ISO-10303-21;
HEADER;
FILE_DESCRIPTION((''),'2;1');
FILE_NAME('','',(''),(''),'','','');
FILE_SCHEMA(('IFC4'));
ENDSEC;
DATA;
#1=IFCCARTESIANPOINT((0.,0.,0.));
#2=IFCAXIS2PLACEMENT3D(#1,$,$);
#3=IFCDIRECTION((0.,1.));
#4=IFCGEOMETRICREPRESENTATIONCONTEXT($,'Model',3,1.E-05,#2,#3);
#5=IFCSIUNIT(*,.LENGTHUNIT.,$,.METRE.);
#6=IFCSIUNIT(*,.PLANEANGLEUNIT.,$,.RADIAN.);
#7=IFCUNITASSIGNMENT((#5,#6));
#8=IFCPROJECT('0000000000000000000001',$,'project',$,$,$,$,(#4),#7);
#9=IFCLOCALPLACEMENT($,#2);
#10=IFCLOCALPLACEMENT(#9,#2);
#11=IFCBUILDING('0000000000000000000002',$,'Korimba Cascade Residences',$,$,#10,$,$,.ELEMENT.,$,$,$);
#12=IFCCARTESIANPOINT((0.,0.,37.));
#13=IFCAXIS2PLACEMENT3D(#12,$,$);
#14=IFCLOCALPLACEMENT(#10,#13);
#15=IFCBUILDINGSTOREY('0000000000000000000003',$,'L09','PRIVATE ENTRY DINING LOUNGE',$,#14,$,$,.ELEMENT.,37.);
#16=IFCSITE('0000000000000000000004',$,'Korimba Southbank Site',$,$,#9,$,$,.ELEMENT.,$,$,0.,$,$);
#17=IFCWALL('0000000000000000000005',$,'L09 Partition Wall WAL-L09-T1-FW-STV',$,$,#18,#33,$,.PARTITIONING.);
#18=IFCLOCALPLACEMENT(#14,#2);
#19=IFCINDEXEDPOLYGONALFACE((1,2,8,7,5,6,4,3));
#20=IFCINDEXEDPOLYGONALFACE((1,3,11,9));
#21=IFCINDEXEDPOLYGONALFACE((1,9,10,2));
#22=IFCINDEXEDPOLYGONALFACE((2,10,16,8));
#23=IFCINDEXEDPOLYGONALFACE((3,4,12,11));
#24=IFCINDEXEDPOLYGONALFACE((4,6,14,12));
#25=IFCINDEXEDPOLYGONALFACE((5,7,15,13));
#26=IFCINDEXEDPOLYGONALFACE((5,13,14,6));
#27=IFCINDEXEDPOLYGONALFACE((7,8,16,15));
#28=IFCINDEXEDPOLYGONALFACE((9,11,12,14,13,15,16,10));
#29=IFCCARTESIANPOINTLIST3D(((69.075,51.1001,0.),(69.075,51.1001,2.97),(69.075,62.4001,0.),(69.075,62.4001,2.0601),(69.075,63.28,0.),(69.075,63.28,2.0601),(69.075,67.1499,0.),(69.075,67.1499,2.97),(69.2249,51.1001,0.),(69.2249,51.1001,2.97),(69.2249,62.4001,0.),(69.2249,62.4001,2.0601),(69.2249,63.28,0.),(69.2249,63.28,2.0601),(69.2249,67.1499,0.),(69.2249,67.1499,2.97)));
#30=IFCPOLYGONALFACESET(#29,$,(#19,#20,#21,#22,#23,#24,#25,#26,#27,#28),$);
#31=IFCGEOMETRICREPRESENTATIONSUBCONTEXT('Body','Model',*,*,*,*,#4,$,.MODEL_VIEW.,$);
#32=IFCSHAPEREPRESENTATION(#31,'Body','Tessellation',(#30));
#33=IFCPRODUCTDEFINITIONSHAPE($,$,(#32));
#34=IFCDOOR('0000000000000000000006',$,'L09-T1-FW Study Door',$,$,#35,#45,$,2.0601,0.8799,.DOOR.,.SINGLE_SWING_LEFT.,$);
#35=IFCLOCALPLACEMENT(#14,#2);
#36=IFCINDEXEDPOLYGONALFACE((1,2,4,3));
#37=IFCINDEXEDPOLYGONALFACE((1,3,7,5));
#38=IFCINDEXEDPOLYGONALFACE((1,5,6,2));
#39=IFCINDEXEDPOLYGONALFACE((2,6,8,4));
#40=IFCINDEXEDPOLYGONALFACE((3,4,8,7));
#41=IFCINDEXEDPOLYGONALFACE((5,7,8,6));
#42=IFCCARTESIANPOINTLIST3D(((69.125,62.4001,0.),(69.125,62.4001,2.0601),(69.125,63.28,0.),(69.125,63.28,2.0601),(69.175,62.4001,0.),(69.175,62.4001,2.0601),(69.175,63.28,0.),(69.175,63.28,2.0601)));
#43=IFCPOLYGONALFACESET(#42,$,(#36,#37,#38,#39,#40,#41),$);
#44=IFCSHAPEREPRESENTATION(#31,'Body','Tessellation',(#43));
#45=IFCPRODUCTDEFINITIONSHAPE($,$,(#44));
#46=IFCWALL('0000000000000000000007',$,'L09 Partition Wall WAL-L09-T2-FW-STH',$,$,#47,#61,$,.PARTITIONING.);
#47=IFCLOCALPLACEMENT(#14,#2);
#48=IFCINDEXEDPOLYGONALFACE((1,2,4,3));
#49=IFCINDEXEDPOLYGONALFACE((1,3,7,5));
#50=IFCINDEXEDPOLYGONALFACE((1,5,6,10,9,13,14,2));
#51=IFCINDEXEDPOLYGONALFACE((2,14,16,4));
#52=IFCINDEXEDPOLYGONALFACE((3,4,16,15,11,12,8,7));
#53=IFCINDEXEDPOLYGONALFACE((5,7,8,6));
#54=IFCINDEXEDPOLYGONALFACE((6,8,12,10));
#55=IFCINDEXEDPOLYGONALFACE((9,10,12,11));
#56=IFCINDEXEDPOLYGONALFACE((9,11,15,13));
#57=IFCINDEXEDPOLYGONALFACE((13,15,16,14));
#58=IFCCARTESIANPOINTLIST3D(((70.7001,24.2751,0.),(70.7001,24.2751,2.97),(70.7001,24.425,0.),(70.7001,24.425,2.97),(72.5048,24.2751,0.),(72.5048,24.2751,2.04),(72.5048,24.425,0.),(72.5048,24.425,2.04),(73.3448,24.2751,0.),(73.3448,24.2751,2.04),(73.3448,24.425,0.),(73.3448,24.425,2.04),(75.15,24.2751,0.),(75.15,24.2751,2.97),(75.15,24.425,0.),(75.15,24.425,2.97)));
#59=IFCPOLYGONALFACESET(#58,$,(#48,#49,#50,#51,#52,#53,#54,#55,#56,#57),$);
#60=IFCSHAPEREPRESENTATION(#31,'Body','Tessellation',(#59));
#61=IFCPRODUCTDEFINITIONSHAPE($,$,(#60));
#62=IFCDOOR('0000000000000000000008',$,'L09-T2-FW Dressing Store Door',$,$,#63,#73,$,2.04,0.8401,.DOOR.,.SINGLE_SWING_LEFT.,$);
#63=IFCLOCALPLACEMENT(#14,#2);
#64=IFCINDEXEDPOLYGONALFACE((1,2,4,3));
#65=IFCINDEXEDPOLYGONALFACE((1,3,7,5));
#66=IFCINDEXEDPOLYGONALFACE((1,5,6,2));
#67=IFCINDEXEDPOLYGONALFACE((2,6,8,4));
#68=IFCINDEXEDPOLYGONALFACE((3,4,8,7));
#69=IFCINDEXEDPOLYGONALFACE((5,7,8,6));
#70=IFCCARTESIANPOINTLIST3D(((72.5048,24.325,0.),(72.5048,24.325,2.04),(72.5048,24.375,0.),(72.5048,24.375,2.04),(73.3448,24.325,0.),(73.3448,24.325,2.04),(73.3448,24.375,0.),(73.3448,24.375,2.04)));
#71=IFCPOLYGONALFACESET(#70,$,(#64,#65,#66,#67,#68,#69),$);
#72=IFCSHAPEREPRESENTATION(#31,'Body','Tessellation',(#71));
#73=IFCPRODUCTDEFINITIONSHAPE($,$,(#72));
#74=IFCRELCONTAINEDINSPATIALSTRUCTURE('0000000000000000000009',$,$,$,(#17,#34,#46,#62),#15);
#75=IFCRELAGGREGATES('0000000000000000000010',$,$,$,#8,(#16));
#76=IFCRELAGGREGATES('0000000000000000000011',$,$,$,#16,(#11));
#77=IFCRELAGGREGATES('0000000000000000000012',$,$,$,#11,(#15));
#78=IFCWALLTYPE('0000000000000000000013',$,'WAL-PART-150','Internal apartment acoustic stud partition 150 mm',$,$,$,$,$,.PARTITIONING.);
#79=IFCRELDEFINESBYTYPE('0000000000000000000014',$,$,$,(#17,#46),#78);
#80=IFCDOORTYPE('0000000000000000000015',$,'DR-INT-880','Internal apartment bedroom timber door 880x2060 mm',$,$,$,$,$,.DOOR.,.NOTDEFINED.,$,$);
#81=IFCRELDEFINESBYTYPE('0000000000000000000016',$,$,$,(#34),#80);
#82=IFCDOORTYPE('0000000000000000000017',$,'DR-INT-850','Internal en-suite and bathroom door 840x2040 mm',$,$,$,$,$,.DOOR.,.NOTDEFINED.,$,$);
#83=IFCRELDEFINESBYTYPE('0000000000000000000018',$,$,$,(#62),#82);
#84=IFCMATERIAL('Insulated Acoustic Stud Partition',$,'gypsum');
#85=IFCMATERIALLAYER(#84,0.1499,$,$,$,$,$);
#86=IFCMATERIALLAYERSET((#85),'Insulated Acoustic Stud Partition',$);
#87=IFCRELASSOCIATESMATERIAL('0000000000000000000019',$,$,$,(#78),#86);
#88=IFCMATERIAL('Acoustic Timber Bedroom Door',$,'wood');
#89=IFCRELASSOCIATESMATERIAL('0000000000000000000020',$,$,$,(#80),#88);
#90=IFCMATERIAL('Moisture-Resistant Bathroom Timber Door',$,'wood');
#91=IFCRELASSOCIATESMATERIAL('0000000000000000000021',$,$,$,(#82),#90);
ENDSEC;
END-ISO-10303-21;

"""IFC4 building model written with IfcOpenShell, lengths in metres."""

from ifc_helpers import new_model, si_unit, direction, frame, frame_2d, origin, place, context, subcontext, project, spatial, rectangle, extrude, material, layer, layer_set, type_object, element, fill, save


model = new_model("IFC4")

# Units and contexts
model_context = context("Model", 3, precision=1e-05, world=origin(), true_north=direction((0.0, 1.0)))
body_context = subcontext(model_context, "Body", "Model", "MODEL_VIEW")
ifc_project = project(units=[si_unit("LENGTHUNIT", "METRE"), si_unit("PLANEANGLEUNIT", "RADIAN")], contexts=[model_context])

# Site, building, storey
site_placement = place(None, origin())
site = spatial("IfcSite", under=ifc_project, at=site_placement, Name="Korimba Southbank Site", CompositionType="ELEMENT", RefElevation=0.0)
building_placement = place(site_placement, origin())
building = spatial("IfcBuilding", under=site, at=building_placement, Name="Korimba Cascade Residences", CompositionType="ELEMENT")
storey_placement = place(building_placement, frame((0.0, 0.0, 37.0)))
storey = spatial("IfcBuildingStorey", under=building, at=storey_placement, Name="L09", Description="PRIVATE ENTRY DINING LOUNGE", CompositionType="ELEMENT", Elevation=37.0)

# Walls, openings, doors
ifc_material_1 = material(Name="Insulated Acoustic Stud Partition", Category="gypsum")
ifc_layer_1 = layer(ifc_material_1, 0.1499)
ifc_layer_set_1 = layer_set([ifc_layer_1], Name="Insulated Acoustic Stud Partition")
wall_type_1 = type_object("IfcWallType", Name="WAL-PART-150", Description="Internal apartment acoustic stud partition 150 mm", PredefinedType="PARTITIONING", material=ifc_layer_set_1)
wall_1_placement = place(storey_placement, frame((69.1499, 51.1001, 0.0), z_axis=(0.0, 0.0, 1.0), x_axis=(0.0, 1.0, 0.0)))
wall_1 = element("IfcWall", 1, at=wall_1_placement, inside=storey, type_object=wall_type_1, Name="L09 Partition Wall WAL-L09-T1-FW-STV", PredefinedType="PARTITIONING", context=body_context, shape_type="SweptSolid", body=[
    extrude(rectangle(XDim=16.0498, YDim=0.1499, at=frame_2d((8.0249, 0.0))), origin(), (0.0, 0.0, 1.0), 2.97),
])
opening_1_placement = place(wall_1_placement, frame((11.3, 0.0, 0.0)))
opening_1 = element("IfcOpeningElement", 2, at=opening_1_placement, cuts=wall_1, PredefinedType="OPENING", context=body_context, shape_type="SweptSolid", body=[
    extrude(rectangle(XDim=0.8799, YDim=2.0601, at=frame_2d((0.4399, 1.03))), frame((0.0, 0.085, 0.0), z_axis=(0.0, -1.0, 0.0), x_axis=(1.0, 0.0, 0.0)), (0.0, 0.0, 1.0), 0.1699),
])
ifc_material_2 = material(Name="Acoustic Timber Bedroom Door", Category="wood")
door_type_1 = type_object("IfcDoorType", Name="DR-INT-880", Description="Internal apartment bedroom timber door 880x2060 mm", OperationType="NOTDEFINED", PredefinedType="DOOR", material=ifc_material_2)
door_1_placement = place(opening_1_placement, origin())
door_1 = element("IfcDoor", 3, at=door_1_placement, inside=storey, type_object=door_type_1, Name="L09-T1-FW Study Door", OperationType="SINGLE_SWING_LEFT", OverallHeight=2.0601, OverallWidth=0.8799, PredefinedType="DOOR", context=body_context, shape_type="SweptSolid", body=[
    extrude(rectangle(XDim=0.8799, YDim=2.0601, at=frame_2d((0.4399, 1.03))), frame((0.0, 0.0249, 0.0), z_axis=(0.0, -1.0, 0.0), x_axis=(1.0, 0.0, 0.0)), (0.0, 0.0, 1.0), 0.05),
])
fill(opening_1, door_1)
wall_2_placement = place(storey_placement, frame((70.7, 24.3501, 0.0), z_axis=(0.0, 0.0, 1.0), x_axis=(1.0, 0.0, 0.0)))
wall_2 = element("IfcWall", 4, at=wall_2_placement, inside=storey, type_object=wall_type_1, Name="L09 Partition Wall WAL-L09-T2-FW-STH", PredefinedType="PARTITIONING", context=body_context, shape_type="SweptSolid", body=[
    extrude(rectangle(XDim=4.45, YDim=0.1499, at=frame_2d((2.2251, 0.0))), origin(), (0.0, 0.0, 1.0), 2.97),
])
opening_2_placement = place(wall_2_placement, frame((1.8049, 0.0, 0.0)))
opening_2 = element("IfcOpeningElement", 5, at=opening_2_placement, cuts=wall_2, PredefinedType="OPENING", context=body_context, shape_type="SweptSolid", body=[
    extrude(rectangle(XDim=0.8401, YDim=2.04, at=frame_2d((0.4199, 1.02))), frame((0.0, 0.085, 0.0), z_axis=(0.0, -1.0, 0.0), x_axis=(1.0, 0.0, 0.0)), (0.0, 0.0, 1.0), 0.1699),
])
ifc_material_3 = material(Name="Moisture-Resistant Bathroom Timber Door", Category="wood")
door_type_2 = type_object("IfcDoorType", Name="DR-INT-850", Description="Internal en-suite and bathroom door 840x2040 mm", OperationType="NOTDEFINED", PredefinedType="DOOR", material=ifc_material_3)
door_2_placement = place(opening_2_placement, origin())
door_2 = element("IfcDoor", 6, at=door_2_placement, inside=storey, type_object=door_type_2, Name="L09-T2-FW Dressing Store Door", OperationType="SINGLE_SWING_LEFT", OverallHeight=2.04, OverallWidth=0.8401, PredefinedType="DOOR", context=body_context, shape_type="SweptSolid", body=[
    extrude(rectangle(XDim=0.8401, YDim=2.04, at=frame_2d((0.4199, 1.02))), frame((0.0, 0.0249, 0.0), z_axis=(0.0, -1.0, 0.0), x_axis=(1.0, 0.0, 0.0)), (0.0, 0.0, 1.0), 0.05),
])
fill(opening_2, door_2)

save(model, "model.ifc")
